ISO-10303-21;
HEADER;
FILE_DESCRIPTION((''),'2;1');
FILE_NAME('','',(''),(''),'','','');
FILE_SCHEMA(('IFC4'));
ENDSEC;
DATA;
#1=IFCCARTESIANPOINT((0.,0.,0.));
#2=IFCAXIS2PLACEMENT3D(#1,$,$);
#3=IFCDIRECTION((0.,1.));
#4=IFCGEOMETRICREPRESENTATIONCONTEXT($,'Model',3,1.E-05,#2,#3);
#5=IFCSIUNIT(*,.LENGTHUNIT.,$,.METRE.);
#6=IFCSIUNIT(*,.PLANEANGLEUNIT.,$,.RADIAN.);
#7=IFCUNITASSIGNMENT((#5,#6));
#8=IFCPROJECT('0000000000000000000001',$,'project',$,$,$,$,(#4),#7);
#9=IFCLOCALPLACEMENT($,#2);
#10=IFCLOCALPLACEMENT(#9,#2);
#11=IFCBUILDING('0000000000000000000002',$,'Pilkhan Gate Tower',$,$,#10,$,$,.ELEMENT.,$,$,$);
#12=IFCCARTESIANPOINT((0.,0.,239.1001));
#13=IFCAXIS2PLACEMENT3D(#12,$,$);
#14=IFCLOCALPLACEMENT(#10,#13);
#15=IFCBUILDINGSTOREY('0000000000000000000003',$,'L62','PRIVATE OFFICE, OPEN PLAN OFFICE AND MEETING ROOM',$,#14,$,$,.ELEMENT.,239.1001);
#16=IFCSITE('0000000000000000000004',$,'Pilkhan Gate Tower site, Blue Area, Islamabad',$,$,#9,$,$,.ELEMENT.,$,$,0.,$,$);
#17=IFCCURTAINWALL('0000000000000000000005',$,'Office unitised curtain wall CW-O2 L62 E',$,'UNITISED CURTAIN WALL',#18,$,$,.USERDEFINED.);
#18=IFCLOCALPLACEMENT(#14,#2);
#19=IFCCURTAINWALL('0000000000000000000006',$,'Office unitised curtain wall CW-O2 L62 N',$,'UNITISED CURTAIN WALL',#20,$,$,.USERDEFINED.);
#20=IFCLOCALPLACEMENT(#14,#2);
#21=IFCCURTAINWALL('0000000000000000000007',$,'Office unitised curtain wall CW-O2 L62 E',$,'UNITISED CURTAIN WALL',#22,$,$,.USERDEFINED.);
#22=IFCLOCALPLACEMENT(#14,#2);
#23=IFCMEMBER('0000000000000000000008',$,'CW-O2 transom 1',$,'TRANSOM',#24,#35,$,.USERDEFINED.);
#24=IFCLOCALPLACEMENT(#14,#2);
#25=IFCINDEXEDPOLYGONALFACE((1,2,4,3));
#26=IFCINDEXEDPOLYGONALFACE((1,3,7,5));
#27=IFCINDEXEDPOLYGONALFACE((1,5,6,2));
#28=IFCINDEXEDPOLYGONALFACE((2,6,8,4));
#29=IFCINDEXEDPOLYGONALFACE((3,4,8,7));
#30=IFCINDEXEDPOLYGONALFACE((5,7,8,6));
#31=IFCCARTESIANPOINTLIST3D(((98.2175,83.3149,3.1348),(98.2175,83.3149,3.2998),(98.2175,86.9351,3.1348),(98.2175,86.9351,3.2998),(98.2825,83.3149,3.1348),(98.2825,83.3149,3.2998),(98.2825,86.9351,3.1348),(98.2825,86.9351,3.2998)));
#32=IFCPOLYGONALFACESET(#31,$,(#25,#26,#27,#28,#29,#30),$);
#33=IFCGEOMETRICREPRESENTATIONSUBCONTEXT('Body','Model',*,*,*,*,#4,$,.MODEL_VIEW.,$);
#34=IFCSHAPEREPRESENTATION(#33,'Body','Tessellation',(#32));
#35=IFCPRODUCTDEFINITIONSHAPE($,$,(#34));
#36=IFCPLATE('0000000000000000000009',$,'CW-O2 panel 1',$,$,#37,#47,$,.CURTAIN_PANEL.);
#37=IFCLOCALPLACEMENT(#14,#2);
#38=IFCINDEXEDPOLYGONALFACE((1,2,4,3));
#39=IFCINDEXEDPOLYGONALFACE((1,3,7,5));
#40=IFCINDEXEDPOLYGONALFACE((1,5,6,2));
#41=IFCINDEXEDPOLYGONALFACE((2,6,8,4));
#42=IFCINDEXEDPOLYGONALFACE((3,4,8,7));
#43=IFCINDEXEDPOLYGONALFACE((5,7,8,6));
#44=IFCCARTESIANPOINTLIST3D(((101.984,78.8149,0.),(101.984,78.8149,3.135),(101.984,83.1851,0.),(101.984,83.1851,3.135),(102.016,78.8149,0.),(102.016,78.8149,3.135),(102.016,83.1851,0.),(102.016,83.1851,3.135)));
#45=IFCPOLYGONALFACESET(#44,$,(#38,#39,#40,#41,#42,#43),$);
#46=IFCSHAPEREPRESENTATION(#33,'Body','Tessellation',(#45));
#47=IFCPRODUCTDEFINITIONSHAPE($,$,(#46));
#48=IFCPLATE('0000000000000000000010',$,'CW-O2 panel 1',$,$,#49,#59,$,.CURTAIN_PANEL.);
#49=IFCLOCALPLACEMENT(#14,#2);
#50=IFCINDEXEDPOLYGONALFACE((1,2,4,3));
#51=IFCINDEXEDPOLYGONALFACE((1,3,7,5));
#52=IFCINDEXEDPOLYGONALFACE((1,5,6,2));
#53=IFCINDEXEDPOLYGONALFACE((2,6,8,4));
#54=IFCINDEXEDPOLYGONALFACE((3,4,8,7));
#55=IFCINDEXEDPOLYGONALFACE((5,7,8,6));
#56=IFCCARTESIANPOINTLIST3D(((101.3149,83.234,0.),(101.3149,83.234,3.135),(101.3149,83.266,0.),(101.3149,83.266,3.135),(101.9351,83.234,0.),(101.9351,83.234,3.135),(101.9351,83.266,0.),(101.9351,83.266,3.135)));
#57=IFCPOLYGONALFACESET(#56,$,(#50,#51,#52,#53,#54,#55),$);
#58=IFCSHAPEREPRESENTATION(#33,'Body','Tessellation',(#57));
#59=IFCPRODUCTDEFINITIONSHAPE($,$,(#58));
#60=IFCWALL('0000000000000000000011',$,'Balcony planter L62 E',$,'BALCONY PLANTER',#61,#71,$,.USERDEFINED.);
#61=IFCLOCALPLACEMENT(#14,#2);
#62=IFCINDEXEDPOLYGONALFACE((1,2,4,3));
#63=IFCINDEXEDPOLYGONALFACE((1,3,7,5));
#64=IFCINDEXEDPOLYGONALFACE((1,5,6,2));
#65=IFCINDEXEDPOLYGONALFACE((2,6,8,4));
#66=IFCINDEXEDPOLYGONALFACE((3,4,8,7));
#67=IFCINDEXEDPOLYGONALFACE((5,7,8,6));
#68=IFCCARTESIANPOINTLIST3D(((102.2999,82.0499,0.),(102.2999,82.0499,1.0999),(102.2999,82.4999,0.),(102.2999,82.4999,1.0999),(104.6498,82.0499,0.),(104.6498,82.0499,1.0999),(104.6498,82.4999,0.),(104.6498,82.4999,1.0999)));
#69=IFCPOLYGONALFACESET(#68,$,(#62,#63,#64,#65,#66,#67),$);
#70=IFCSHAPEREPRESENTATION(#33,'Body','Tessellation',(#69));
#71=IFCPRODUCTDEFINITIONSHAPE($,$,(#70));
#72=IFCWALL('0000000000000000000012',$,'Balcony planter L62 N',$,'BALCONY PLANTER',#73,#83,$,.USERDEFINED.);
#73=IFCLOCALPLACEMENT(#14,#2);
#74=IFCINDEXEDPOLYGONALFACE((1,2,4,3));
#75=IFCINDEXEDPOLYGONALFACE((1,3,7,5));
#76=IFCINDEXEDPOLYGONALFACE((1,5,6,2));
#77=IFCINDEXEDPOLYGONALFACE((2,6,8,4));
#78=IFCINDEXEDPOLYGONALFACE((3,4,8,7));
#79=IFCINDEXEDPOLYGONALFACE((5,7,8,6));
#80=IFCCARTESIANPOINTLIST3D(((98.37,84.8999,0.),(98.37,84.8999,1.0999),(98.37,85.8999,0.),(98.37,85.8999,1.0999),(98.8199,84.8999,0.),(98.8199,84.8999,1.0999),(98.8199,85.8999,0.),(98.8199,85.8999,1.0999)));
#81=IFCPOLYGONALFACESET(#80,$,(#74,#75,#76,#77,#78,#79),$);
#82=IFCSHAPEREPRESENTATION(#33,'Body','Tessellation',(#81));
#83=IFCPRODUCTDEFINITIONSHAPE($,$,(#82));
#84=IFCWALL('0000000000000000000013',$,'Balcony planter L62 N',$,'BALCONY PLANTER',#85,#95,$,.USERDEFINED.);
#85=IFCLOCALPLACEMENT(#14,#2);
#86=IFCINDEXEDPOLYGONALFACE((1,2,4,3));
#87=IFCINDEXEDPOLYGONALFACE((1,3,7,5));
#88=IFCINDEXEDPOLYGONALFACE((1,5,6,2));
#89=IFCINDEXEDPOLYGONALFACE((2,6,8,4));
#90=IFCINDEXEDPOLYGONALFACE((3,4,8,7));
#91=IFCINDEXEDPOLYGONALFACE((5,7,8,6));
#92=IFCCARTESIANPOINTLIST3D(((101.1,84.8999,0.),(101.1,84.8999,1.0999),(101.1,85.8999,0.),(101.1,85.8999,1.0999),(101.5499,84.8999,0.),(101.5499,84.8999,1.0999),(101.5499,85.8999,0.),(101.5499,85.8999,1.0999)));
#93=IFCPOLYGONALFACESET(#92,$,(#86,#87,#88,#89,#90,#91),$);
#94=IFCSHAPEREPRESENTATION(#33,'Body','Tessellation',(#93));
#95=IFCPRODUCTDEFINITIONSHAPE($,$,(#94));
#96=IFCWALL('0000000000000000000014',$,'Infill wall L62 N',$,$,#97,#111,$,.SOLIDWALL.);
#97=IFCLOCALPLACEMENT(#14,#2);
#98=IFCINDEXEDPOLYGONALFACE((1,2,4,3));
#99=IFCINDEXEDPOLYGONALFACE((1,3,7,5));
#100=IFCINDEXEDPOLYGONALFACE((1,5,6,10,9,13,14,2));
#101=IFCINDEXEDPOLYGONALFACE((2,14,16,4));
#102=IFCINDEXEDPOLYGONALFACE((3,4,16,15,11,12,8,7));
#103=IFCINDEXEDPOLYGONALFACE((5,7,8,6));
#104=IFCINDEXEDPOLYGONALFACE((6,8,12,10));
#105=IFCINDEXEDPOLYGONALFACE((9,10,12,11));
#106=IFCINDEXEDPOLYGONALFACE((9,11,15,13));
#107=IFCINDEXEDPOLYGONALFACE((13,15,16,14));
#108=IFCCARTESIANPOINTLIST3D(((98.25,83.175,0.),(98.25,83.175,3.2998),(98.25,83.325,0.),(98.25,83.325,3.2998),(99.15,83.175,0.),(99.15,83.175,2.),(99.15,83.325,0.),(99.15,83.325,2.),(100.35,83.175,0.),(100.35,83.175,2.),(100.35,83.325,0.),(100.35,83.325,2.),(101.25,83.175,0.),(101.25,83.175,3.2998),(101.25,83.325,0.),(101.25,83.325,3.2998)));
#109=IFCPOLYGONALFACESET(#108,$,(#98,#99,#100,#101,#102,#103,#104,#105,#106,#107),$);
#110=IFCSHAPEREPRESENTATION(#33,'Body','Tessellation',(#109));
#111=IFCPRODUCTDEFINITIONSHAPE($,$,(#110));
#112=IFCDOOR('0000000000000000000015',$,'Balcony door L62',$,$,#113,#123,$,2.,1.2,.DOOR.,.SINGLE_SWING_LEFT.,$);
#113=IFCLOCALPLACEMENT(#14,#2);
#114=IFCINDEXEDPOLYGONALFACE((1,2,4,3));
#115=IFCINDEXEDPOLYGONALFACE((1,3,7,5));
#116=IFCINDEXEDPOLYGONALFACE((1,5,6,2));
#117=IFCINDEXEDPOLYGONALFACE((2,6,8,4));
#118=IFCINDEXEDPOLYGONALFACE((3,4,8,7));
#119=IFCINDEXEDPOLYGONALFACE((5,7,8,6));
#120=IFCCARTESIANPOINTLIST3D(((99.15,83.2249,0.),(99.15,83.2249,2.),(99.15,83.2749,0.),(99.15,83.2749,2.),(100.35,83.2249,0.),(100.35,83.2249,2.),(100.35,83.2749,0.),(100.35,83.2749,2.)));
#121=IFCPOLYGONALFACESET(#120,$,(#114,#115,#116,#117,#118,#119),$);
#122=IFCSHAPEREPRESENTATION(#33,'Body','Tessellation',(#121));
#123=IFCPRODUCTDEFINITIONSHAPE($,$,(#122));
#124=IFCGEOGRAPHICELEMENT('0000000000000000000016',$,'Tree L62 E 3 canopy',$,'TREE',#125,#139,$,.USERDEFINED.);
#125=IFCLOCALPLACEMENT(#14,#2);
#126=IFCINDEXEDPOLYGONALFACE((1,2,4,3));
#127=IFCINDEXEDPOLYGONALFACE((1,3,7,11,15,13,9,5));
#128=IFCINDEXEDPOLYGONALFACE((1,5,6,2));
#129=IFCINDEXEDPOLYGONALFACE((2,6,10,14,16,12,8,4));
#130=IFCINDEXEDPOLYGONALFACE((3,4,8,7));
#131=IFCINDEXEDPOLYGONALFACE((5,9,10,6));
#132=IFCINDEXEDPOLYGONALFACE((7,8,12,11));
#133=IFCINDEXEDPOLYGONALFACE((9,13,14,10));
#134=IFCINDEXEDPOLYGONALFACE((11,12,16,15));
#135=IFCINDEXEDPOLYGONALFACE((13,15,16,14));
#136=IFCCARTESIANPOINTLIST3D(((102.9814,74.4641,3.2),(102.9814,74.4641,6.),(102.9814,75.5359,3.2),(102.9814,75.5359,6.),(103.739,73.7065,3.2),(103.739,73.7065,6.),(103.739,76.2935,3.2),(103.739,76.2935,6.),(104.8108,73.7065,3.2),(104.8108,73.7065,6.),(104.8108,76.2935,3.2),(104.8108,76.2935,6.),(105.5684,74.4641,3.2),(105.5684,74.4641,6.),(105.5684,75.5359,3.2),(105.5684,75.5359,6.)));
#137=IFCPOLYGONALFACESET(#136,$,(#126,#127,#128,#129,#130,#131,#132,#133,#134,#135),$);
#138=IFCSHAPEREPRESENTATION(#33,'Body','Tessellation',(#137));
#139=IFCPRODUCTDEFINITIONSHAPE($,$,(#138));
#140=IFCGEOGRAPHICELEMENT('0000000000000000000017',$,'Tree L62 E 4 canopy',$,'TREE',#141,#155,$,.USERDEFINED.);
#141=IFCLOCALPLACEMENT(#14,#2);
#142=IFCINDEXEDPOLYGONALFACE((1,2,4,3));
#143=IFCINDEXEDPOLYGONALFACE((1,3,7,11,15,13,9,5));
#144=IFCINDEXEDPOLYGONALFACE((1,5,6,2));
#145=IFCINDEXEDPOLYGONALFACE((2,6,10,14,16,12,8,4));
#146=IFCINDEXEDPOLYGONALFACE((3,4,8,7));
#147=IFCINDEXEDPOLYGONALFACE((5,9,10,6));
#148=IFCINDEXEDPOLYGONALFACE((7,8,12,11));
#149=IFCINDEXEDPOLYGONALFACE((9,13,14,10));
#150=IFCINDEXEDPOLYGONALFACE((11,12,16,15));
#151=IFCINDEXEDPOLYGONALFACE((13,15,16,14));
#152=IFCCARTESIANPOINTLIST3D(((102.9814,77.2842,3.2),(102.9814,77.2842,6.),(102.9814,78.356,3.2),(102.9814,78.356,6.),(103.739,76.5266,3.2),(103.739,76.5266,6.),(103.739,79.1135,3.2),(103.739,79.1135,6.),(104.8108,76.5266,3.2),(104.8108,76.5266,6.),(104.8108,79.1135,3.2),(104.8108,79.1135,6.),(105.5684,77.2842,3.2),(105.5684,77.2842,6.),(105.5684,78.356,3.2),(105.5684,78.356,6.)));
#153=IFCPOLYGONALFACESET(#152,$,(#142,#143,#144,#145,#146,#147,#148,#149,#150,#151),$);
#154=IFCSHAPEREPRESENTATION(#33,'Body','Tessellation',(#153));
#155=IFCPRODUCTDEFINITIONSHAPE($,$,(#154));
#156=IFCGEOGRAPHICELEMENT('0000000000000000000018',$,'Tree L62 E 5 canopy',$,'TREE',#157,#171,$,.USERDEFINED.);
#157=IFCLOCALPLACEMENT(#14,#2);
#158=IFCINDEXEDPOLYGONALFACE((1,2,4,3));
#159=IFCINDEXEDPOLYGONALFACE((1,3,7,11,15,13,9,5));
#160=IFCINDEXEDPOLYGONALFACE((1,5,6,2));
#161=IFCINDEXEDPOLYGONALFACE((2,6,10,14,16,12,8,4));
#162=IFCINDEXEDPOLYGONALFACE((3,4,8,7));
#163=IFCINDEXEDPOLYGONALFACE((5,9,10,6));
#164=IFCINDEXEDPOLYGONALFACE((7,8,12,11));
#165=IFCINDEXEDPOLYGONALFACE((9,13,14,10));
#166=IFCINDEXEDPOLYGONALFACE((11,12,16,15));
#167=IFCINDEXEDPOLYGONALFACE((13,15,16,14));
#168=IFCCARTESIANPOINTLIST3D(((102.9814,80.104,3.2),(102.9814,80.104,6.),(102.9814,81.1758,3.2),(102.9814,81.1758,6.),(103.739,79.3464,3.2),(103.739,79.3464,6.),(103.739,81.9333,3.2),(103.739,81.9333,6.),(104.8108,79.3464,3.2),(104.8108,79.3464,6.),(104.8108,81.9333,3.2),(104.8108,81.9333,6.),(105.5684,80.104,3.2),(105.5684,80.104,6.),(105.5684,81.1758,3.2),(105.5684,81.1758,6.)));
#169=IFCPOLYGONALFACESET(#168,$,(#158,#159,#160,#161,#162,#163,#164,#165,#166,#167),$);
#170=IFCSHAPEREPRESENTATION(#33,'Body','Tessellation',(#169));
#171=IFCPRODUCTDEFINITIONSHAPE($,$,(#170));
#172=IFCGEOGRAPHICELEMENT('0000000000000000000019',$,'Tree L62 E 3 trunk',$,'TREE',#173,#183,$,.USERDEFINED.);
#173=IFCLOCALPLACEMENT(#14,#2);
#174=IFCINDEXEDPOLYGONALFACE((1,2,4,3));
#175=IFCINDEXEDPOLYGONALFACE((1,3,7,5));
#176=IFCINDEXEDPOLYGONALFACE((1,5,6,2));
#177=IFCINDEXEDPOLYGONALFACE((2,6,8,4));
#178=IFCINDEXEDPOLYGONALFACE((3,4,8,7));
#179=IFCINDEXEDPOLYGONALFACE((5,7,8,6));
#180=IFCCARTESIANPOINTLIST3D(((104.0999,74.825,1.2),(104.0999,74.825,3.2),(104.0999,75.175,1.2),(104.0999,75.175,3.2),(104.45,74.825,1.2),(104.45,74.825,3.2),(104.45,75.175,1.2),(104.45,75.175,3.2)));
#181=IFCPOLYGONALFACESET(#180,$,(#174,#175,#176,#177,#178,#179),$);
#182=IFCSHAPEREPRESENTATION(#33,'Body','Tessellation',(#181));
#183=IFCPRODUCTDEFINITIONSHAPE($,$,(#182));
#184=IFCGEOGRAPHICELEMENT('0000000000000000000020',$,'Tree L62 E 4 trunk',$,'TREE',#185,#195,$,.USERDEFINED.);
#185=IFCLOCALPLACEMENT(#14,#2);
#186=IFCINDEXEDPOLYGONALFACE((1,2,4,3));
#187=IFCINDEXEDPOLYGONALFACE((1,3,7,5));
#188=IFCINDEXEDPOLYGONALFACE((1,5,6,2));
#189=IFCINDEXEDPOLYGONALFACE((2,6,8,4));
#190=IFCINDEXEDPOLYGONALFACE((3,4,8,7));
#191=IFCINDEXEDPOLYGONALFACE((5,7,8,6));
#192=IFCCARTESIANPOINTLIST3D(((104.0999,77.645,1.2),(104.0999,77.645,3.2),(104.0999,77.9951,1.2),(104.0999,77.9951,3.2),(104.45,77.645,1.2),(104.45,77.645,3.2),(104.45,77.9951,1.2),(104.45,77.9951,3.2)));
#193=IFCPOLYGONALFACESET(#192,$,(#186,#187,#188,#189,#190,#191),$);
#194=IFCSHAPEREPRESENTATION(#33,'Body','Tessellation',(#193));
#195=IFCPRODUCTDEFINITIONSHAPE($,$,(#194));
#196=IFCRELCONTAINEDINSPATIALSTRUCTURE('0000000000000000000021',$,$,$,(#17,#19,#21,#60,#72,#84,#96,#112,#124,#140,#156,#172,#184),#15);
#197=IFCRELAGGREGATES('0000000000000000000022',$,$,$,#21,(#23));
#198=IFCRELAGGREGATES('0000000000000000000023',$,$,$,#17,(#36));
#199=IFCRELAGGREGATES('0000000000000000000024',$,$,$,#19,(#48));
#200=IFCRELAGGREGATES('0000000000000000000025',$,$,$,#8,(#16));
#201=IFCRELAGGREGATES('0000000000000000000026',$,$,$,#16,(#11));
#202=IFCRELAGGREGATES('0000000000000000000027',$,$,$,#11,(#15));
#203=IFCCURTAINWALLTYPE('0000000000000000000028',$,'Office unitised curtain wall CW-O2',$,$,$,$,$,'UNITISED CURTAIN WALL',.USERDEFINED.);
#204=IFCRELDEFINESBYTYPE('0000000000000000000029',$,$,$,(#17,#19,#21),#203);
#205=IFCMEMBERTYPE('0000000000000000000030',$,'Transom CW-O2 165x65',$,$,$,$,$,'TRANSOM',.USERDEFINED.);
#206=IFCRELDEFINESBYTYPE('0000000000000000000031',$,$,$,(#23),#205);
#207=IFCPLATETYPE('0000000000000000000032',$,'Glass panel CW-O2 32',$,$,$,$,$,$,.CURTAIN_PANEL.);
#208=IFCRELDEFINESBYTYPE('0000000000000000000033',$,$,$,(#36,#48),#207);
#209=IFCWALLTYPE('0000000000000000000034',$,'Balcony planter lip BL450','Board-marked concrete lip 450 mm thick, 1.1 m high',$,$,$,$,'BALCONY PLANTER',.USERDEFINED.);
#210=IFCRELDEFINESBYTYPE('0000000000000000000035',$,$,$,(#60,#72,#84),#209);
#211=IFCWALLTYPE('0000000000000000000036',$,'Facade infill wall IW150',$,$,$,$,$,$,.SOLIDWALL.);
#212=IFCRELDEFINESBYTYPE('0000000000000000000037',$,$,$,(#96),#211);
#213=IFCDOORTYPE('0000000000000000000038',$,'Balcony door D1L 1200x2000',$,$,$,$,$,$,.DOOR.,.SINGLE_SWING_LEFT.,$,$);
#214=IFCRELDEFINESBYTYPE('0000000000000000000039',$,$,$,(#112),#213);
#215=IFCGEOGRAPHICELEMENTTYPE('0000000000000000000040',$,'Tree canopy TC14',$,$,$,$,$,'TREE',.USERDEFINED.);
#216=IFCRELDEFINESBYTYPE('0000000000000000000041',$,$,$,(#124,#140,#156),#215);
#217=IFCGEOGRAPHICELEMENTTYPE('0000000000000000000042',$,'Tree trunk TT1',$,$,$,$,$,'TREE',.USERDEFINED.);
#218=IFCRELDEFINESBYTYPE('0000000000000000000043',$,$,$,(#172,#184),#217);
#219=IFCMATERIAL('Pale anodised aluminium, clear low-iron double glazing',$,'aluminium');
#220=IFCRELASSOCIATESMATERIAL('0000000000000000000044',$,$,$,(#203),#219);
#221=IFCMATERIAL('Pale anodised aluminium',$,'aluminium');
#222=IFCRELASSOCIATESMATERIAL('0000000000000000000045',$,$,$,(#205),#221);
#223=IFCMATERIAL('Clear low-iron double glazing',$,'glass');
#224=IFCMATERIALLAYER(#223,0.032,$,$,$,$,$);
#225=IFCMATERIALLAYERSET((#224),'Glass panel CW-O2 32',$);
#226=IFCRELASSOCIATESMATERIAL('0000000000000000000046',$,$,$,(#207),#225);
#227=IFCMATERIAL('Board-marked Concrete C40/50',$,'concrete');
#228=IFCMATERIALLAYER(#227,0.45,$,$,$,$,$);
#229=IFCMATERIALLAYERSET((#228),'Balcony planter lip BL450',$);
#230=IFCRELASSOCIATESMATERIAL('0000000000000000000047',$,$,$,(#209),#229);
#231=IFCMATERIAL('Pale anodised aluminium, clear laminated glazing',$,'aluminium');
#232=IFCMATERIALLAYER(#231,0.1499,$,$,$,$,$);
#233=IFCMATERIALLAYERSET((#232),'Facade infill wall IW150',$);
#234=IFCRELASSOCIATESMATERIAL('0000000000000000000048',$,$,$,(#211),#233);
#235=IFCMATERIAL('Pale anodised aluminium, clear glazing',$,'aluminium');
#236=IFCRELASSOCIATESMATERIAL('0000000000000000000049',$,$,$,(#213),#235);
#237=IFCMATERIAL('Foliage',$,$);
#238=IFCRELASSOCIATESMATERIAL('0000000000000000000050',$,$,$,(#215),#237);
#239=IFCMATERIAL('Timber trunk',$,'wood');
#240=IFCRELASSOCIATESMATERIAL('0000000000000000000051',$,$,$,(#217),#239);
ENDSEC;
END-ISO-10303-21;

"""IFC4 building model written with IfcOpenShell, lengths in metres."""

from ifc_helpers import new_model, si_unit, direction, frame, frame_2d, origin, origin_2d, place, context, subcontext, project, spatial, polyline, rectangle, outline, extrude, material, layer, layer_set, material_profile, profile_set, type_object, element, fill, aggregate, save


model = new_model("IFC4")

# Units and contexts
model_context = context("Model", 3, precision=1e-05, world=origin(), true_north=direction((0.0, 1.0)))
body_context = subcontext(model_context, "Body", "Model", "MODEL_VIEW")
ifc_project = project(units=[si_unit("LENGTHUNIT", "METRE"), si_unit("PLANEANGLEUNIT", "RADIAN")], contexts=[model_context])

# Site, building, storey
site_placement = place(None, origin())
site = spatial("IfcSite", under=ifc_project, at=site_placement, Name="Pilkhan Gate Tower site, Blue Area, Islamabad", CompositionType="ELEMENT", RefElevation=0.0)
building_placement = place(site_placement, origin())
building = spatial("IfcBuilding", under=site, at=building_placement, Name="Pilkhan Gate Tower", CompositionType="ELEMENT")
storey_placement = place(building_placement, frame((0.0, 0.0, 239.1001)))
storey = spatial("IfcBuildingStorey", under=building, at=storey_placement, Name="L62", Description="PRIVATE OFFICE, OPEN PLAN OFFICE AND MEETING ROOM", CompositionType="ELEMENT", Elevation=239.1001)

# Curtain walls
ifc_material_1 = material(Name="Pale anodised aluminium, clear low-iron double glazing", Category="aluminium")
curtain_wall_type = type_object("IfcCurtainWallType", Name="Office unitised curtain wall CW-O2", ElementType="UNITISED CURTAIN WALL", PredefinedType="USERDEFINED", material=ifc_material_1)
curtain_wall_1_placement = place(storey_placement, origin())
curtain_wall_1 = element("IfcCurtainWall", 1, at=curtain_wall_1_placement, inside=storey, type_object=curtain_wall_type, Name="Office unitised curtain wall CW-O2 L62 E", ObjectType="UNITISED CURTAIN WALL", PredefinedType="USERDEFINED")
ifc_material_2 = material(Name="Pale anodised aluminium", Category="aluminium")
curtain_wall_2_placement = place(storey_placement, origin())
curtain_wall_2 = element("IfcCurtainWall", 2, at=curtain_wall_2_placement, inside=storey, type_object=curtain_wall_type, Name="Office unitised curtain wall CW-O2 L62 N", ObjectType="UNITISED CURTAIN WALL", PredefinedType="USERDEFINED")

# Curtain wall
curtain_wall_3_placement = place(storey_placement, origin())
curtain_wall_3 = element("IfcCurtainWall", 3, at=curtain_wall_3_placement, inside=storey, type_object=curtain_wall_type, Name="Office unitised curtain wall CW-O2 L62 E", ObjectType="UNITISED CURTAIN WALL", PredefinedType="USERDEFINED")

# Member
ifc_material_profile_1 = material_profile(ifc_material_2, rectangle(XDim=0.0649, YDim=0.165, at=origin_2d()), Name="Transom 165x65")
ifc_profile_set_1 = profile_set([ifc_material_profile_1], Name="Pale anodised aluminium")
member_type_1 = type_object("IfcMemberType", Name="Transom CW-O2 165x65", ElementType="TRANSOM", PredefinedType="USERDEFINED", material=ifc_profile_set_1)
member_1_placement = place(storey_placement, frame((98.25, 83.3149, 3.2173), z_axis=(0.0, 1.0, 0.0), x_axis=(-1.0, 0.0, 0.0)))
member_1 = element("IfcMember", 4, at=member_1_placement, type_object=member_type_1, Name="CW-O2 transom 1", ObjectType="TRANSOM", PredefinedType="USERDEFINED", context=body_context, shape_type="SweptSolid", body=[
    extrude(rectangle(XDim=0.0649, YDim=0.165, at=origin_2d()), origin(), (0.0, 0.0, 1.0), 3.6201),
])
aggregate(curtain_wall_3, [member_1])

# Plates
ifc_material_3 = material(Name="Clear low-iron double glazing", Category="glass")
ifc_layer_1 = layer(ifc_material_3, 0.032)
ifc_layer_set_1 = layer_set([ifc_layer_1], Name="Glass panel CW-O2 32")
plate_type = type_object("IfcPlateType", Name="Glass panel CW-O2 32", PredefinedType="CURTAIN_PANEL", material=ifc_layer_set_1)
plate_1_placement = place(storey_placement, frame((102.0, 81.0, 0.0), z_axis=(0.0, 0.0, 1.0), x_axis=(0.0, 1.0, 0.0)))
plate_1 = element("IfcPlate", 5, at=plate_1_placement, type_object=plate_type, Name="CW-O2 panel 1", PredefinedType="CURTAIN_PANEL", context=body_context, shape_type="SweptSolid", body=[
    extrude(rectangle(XDim=4.3701, YDim=0.032, at=origin_2d()), origin(), (0.0, 0.0, 1.0), 3.135),
])
aggregate(curtain_wall_1, [plate_1])
plate_2_placement = place(storey_placement, frame((101.625, 83.25, 0.0), z_axis=(0.0, 0.0, 1.0), x_axis=(1.0, 0.0, 0.0)))
plate_2 = element("IfcPlate", 6, at=plate_2_placement, type_object=plate_type, Name="CW-O2 panel 1", PredefinedType="CURTAIN_PANEL", context=body_context, shape_type="SweptSolid", body=[
    extrude(rectangle(XDim=0.6201, YDim=0.032, at=origin_2d()), origin(), (0.0, 0.0, 1.0), 3.135),
])
aggregate(curtain_wall_2, [plate_2])

# Walls
ifc_material_4 = material(Name="Board-marked Concrete C40/50", Category="concrete")
ifc_layer_2 = layer(ifc_material_4, 0.45)
ifc_layer_set_2 = layer_set([ifc_layer_2], Name="Balcony planter lip BL450")
wall_type_1 = type_object("IfcWallType", Name="Balcony planter lip BL450", Description="Board-marked concrete lip 450 mm thick, 1.1 m high", ElementType="BALCONY PLANTER", PredefinedType="USERDEFINED", material=ifc_layer_set_2)
wall_1_placement = place(storey_placement, frame((102.3, 82.2749, 0.0), z_axis=(0.0, 0.0, 1.0), x_axis=(1.0, 0.0, 0.0)))
element("IfcWall", 7, at=wall_1_placement, inside=storey, type_object=wall_type_1, Name="Balcony planter L62 E", ObjectType="BALCONY PLANTER", PredefinedType="USERDEFINED", context=body_context, shape_type="SweptSolid", body=[
    extrude(rectangle(XDim=2.3499, YDim=0.45, at=frame_2d((1.1748, 0.0))), origin(), (0.0, 0.0, 1.0), 1.0999),
])
for number, where, z_axis, x_axis, name in (
    (8, (98.595, 84.8999, 0.0), (0.0, 0.0, 1.0), (0.0, 1.0, 0.0), "Balcony planter L62 N"),
    (9, (101.325, 84.8999, 0.0), (0.0, 0.0, 1.0), (0.0, 1.0, 0.0), "Balcony planter L62 N"),
):
    element("IfcWall", number, at=place(storey_placement, frame(where, z_axis=z_axis, x_axis=x_axis)), inside=storey, type_object=wall_type_1, Name=name, ObjectType="BALCONY PLANTER", PredefinedType="USERDEFINED", context=body_context, shape_type="SweptSolid", body=[
        extrude(rectangle(XDim=1.0, YDim=0.45, at=frame_2d((0.5, 0.0))), origin(), (0.0, 0.0, 1.0), 1.0999),
    ])

# Wall, opening, door
ifc_material_5 = material(Name="Pale anodised aluminium, clear laminated glazing", Category="aluminium")
ifc_layer_3 = layer(ifc_material_5, 0.1499)
ifc_layer_set_3 = layer_set([ifc_layer_3], Name="Facade infill wall IW150")
wall_type_2 = type_object("IfcWallType", Name="Facade infill wall IW150", PredefinedType="SOLIDWALL", material=ifc_layer_set_3)
ifc_material_6 = material(Name="Pale anodised aluminium, clear glazing", Category="aluminium")
wall_2_placement = place(storey_placement, frame((98.25, 83.25, 0.0), z_axis=(0.0, 0.0, 1.0), x_axis=(1.0, 0.0, 0.0)))
wall_2 = element("IfcWall", 10, at=wall_2_placement, inside=storey, type_object=wall_type_2, Name="Infill wall L62 N", PredefinedType="SOLIDWALL", context=body_context, shape_type="SweptSolid", body=[
    extrude(rectangle(XDim=3.0, YDim=0.1499, at=frame_2d((1.5, 0.0))), origin(), (0.0, 0.0, 1.0), 3.2998),
])
opening_1_placement = place(wall_2_placement, frame((0.8999, 0.0, 0.0)))
opening_1 = element("IfcOpeningElement", 11, at=opening_1_placement, cuts=wall_2, PredefinedType="OPENING", context=body_context, shape_type="SweptSolid", body=[
    extrude(rectangle(XDim=1.2, YDim=2.0, at=frame_2d((0.6001, 1.0))), frame((0.0, 0.085, 0.0), z_axis=(0.0, -1.0, 0.0), x_axis=(1.0, 0.0, 0.0)), (0.0, 0.0, 1.0), 0.1699),
])
door_type_1 = type_object("IfcDoorType", Name="Balcony door D1L 1200x2000", OperationType="SINGLE_SWING_LEFT", PredefinedType="DOOR", material=ifc_material_6)
door_1_placement = place(opening_1_placement, origin())
door_1 = element("IfcDoor", 12, at=door_1_placement, inside=storey, type_object=door_type_1, Name="Balcony door L62", OperationType="SINGLE_SWING_LEFT", OverallHeight=2.0, OverallWidth=1.2, PredefinedType="DOOR", context=body_context, shape_type="SweptSolid", body=[
    extrude(rectangle(XDim=1.2, YDim=2.0, at=frame_2d((0.6001, 1.0))), frame((0.0, 0.0249, 0.0), z_axis=(0.0, -1.0, 0.0), x_axis=(1.0, 0.0, 0.0)), (0.0, 0.0, 1.0), 0.05),
])
fill(opening_1, door_1)

# Geographic elements
ifc_material_7 = material(Name="Foliage")
ifc_material_profile_2 = material_profile(ifc_material_7, outline(polyline([(1.2935, 0.5359), (0.5359, 1.2935), (-0.5359, 1.2935), (-1.2935, 0.5359), (-1.2935, -0.5359), (-0.5359, -1.2935), (0.5359, -1.2935), (1.2935, -0.5359), (1.2935, 0.5359)])), Name="Canopy D2.8")
ifc_profile_set_2 = profile_set([ifc_material_profile_2], Name="Foliage")
geographic_element_type_1 = type_object("IfcGeographicElementType", Name="Tree canopy TC14", ElementType="TREE", PredefinedType="USERDEFINED", material=ifc_profile_set_2)
for number, where, z_axis, x_axis, name in (
    (13, (104.2749, 75.0, 3.2), (0.0, 0.0, 1.0), (1.0, 0.0, 0.0), "Tree L62 E 3 canopy"),
    (14, (104.2749, 77.8201, 3.2), (0.0, 0.0, 1.0), (1.0, 0.0, 0.0), "Tree L62 E 4 canopy"),
    (15, (104.2749, 80.6399, 3.2), (0.0, 0.0, 1.0), (1.0, 0.0, 0.0), "Tree L62 E 5 canopy"),
):
    element("IfcGeographicElement", number, at=place(storey_placement, frame(where, z_axis=z_axis, x_axis=x_axis)), inside=storey, type_object=geographic_element_type_1, Name=name, ObjectType="TREE", PredefinedType="USERDEFINED", context=body_context, shape_type="SweptSolid", body=[
        extrude(outline(polyline([(1.2935, 0.5359), (0.5359, 1.2935), (-0.5359, 1.2935), (-1.2935, 0.5359), (-1.2935, -0.5359), (-0.5359, -1.2935), (0.5359, -1.2935), (1.2935, -0.5359), (1.2935, 0.5359)])), origin(), (0.0, 0.0, 1.0), 2.8),
    ])
ifc_material_8 = material(Name="Timber trunk", Category="wood")
geographic_element_type_2 = type_object("IfcGeographicElementType", Name="Tree trunk TT1", ElementType="TREE", PredefinedType="USERDEFINED", material=ifc_material_8)
for number, where, z_axis, x_axis, name in (
    (16, (104.2749, 75.0, 1.2), (0.0, 0.0, 1.0), (1.0, 0.0, 0.0), "Tree L62 E 3 trunk"),
    (17, (104.2749, 77.8201, 1.2), (0.0, 0.0, 1.0), (1.0, 0.0, 0.0), "Tree L62 E 4 trunk"),
):
    element("IfcGeographicElement", number, at=place(storey_placement, frame(where, z_axis=z_axis, x_axis=x_axis)), inside=storey, type_object=geographic_element_type_2, Name=name, ObjectType="TREE", PredefinedType="USERDEFINED", context=body_context, shape_type="SweptSolid", body=[
        extrude(rectangle(XDim=0.3501, YDim=0.3501, at=origin_2d()), origin(), (0.0, 0.0, 1.0), 2.0),
    ])

save(model, "model.ifc")
